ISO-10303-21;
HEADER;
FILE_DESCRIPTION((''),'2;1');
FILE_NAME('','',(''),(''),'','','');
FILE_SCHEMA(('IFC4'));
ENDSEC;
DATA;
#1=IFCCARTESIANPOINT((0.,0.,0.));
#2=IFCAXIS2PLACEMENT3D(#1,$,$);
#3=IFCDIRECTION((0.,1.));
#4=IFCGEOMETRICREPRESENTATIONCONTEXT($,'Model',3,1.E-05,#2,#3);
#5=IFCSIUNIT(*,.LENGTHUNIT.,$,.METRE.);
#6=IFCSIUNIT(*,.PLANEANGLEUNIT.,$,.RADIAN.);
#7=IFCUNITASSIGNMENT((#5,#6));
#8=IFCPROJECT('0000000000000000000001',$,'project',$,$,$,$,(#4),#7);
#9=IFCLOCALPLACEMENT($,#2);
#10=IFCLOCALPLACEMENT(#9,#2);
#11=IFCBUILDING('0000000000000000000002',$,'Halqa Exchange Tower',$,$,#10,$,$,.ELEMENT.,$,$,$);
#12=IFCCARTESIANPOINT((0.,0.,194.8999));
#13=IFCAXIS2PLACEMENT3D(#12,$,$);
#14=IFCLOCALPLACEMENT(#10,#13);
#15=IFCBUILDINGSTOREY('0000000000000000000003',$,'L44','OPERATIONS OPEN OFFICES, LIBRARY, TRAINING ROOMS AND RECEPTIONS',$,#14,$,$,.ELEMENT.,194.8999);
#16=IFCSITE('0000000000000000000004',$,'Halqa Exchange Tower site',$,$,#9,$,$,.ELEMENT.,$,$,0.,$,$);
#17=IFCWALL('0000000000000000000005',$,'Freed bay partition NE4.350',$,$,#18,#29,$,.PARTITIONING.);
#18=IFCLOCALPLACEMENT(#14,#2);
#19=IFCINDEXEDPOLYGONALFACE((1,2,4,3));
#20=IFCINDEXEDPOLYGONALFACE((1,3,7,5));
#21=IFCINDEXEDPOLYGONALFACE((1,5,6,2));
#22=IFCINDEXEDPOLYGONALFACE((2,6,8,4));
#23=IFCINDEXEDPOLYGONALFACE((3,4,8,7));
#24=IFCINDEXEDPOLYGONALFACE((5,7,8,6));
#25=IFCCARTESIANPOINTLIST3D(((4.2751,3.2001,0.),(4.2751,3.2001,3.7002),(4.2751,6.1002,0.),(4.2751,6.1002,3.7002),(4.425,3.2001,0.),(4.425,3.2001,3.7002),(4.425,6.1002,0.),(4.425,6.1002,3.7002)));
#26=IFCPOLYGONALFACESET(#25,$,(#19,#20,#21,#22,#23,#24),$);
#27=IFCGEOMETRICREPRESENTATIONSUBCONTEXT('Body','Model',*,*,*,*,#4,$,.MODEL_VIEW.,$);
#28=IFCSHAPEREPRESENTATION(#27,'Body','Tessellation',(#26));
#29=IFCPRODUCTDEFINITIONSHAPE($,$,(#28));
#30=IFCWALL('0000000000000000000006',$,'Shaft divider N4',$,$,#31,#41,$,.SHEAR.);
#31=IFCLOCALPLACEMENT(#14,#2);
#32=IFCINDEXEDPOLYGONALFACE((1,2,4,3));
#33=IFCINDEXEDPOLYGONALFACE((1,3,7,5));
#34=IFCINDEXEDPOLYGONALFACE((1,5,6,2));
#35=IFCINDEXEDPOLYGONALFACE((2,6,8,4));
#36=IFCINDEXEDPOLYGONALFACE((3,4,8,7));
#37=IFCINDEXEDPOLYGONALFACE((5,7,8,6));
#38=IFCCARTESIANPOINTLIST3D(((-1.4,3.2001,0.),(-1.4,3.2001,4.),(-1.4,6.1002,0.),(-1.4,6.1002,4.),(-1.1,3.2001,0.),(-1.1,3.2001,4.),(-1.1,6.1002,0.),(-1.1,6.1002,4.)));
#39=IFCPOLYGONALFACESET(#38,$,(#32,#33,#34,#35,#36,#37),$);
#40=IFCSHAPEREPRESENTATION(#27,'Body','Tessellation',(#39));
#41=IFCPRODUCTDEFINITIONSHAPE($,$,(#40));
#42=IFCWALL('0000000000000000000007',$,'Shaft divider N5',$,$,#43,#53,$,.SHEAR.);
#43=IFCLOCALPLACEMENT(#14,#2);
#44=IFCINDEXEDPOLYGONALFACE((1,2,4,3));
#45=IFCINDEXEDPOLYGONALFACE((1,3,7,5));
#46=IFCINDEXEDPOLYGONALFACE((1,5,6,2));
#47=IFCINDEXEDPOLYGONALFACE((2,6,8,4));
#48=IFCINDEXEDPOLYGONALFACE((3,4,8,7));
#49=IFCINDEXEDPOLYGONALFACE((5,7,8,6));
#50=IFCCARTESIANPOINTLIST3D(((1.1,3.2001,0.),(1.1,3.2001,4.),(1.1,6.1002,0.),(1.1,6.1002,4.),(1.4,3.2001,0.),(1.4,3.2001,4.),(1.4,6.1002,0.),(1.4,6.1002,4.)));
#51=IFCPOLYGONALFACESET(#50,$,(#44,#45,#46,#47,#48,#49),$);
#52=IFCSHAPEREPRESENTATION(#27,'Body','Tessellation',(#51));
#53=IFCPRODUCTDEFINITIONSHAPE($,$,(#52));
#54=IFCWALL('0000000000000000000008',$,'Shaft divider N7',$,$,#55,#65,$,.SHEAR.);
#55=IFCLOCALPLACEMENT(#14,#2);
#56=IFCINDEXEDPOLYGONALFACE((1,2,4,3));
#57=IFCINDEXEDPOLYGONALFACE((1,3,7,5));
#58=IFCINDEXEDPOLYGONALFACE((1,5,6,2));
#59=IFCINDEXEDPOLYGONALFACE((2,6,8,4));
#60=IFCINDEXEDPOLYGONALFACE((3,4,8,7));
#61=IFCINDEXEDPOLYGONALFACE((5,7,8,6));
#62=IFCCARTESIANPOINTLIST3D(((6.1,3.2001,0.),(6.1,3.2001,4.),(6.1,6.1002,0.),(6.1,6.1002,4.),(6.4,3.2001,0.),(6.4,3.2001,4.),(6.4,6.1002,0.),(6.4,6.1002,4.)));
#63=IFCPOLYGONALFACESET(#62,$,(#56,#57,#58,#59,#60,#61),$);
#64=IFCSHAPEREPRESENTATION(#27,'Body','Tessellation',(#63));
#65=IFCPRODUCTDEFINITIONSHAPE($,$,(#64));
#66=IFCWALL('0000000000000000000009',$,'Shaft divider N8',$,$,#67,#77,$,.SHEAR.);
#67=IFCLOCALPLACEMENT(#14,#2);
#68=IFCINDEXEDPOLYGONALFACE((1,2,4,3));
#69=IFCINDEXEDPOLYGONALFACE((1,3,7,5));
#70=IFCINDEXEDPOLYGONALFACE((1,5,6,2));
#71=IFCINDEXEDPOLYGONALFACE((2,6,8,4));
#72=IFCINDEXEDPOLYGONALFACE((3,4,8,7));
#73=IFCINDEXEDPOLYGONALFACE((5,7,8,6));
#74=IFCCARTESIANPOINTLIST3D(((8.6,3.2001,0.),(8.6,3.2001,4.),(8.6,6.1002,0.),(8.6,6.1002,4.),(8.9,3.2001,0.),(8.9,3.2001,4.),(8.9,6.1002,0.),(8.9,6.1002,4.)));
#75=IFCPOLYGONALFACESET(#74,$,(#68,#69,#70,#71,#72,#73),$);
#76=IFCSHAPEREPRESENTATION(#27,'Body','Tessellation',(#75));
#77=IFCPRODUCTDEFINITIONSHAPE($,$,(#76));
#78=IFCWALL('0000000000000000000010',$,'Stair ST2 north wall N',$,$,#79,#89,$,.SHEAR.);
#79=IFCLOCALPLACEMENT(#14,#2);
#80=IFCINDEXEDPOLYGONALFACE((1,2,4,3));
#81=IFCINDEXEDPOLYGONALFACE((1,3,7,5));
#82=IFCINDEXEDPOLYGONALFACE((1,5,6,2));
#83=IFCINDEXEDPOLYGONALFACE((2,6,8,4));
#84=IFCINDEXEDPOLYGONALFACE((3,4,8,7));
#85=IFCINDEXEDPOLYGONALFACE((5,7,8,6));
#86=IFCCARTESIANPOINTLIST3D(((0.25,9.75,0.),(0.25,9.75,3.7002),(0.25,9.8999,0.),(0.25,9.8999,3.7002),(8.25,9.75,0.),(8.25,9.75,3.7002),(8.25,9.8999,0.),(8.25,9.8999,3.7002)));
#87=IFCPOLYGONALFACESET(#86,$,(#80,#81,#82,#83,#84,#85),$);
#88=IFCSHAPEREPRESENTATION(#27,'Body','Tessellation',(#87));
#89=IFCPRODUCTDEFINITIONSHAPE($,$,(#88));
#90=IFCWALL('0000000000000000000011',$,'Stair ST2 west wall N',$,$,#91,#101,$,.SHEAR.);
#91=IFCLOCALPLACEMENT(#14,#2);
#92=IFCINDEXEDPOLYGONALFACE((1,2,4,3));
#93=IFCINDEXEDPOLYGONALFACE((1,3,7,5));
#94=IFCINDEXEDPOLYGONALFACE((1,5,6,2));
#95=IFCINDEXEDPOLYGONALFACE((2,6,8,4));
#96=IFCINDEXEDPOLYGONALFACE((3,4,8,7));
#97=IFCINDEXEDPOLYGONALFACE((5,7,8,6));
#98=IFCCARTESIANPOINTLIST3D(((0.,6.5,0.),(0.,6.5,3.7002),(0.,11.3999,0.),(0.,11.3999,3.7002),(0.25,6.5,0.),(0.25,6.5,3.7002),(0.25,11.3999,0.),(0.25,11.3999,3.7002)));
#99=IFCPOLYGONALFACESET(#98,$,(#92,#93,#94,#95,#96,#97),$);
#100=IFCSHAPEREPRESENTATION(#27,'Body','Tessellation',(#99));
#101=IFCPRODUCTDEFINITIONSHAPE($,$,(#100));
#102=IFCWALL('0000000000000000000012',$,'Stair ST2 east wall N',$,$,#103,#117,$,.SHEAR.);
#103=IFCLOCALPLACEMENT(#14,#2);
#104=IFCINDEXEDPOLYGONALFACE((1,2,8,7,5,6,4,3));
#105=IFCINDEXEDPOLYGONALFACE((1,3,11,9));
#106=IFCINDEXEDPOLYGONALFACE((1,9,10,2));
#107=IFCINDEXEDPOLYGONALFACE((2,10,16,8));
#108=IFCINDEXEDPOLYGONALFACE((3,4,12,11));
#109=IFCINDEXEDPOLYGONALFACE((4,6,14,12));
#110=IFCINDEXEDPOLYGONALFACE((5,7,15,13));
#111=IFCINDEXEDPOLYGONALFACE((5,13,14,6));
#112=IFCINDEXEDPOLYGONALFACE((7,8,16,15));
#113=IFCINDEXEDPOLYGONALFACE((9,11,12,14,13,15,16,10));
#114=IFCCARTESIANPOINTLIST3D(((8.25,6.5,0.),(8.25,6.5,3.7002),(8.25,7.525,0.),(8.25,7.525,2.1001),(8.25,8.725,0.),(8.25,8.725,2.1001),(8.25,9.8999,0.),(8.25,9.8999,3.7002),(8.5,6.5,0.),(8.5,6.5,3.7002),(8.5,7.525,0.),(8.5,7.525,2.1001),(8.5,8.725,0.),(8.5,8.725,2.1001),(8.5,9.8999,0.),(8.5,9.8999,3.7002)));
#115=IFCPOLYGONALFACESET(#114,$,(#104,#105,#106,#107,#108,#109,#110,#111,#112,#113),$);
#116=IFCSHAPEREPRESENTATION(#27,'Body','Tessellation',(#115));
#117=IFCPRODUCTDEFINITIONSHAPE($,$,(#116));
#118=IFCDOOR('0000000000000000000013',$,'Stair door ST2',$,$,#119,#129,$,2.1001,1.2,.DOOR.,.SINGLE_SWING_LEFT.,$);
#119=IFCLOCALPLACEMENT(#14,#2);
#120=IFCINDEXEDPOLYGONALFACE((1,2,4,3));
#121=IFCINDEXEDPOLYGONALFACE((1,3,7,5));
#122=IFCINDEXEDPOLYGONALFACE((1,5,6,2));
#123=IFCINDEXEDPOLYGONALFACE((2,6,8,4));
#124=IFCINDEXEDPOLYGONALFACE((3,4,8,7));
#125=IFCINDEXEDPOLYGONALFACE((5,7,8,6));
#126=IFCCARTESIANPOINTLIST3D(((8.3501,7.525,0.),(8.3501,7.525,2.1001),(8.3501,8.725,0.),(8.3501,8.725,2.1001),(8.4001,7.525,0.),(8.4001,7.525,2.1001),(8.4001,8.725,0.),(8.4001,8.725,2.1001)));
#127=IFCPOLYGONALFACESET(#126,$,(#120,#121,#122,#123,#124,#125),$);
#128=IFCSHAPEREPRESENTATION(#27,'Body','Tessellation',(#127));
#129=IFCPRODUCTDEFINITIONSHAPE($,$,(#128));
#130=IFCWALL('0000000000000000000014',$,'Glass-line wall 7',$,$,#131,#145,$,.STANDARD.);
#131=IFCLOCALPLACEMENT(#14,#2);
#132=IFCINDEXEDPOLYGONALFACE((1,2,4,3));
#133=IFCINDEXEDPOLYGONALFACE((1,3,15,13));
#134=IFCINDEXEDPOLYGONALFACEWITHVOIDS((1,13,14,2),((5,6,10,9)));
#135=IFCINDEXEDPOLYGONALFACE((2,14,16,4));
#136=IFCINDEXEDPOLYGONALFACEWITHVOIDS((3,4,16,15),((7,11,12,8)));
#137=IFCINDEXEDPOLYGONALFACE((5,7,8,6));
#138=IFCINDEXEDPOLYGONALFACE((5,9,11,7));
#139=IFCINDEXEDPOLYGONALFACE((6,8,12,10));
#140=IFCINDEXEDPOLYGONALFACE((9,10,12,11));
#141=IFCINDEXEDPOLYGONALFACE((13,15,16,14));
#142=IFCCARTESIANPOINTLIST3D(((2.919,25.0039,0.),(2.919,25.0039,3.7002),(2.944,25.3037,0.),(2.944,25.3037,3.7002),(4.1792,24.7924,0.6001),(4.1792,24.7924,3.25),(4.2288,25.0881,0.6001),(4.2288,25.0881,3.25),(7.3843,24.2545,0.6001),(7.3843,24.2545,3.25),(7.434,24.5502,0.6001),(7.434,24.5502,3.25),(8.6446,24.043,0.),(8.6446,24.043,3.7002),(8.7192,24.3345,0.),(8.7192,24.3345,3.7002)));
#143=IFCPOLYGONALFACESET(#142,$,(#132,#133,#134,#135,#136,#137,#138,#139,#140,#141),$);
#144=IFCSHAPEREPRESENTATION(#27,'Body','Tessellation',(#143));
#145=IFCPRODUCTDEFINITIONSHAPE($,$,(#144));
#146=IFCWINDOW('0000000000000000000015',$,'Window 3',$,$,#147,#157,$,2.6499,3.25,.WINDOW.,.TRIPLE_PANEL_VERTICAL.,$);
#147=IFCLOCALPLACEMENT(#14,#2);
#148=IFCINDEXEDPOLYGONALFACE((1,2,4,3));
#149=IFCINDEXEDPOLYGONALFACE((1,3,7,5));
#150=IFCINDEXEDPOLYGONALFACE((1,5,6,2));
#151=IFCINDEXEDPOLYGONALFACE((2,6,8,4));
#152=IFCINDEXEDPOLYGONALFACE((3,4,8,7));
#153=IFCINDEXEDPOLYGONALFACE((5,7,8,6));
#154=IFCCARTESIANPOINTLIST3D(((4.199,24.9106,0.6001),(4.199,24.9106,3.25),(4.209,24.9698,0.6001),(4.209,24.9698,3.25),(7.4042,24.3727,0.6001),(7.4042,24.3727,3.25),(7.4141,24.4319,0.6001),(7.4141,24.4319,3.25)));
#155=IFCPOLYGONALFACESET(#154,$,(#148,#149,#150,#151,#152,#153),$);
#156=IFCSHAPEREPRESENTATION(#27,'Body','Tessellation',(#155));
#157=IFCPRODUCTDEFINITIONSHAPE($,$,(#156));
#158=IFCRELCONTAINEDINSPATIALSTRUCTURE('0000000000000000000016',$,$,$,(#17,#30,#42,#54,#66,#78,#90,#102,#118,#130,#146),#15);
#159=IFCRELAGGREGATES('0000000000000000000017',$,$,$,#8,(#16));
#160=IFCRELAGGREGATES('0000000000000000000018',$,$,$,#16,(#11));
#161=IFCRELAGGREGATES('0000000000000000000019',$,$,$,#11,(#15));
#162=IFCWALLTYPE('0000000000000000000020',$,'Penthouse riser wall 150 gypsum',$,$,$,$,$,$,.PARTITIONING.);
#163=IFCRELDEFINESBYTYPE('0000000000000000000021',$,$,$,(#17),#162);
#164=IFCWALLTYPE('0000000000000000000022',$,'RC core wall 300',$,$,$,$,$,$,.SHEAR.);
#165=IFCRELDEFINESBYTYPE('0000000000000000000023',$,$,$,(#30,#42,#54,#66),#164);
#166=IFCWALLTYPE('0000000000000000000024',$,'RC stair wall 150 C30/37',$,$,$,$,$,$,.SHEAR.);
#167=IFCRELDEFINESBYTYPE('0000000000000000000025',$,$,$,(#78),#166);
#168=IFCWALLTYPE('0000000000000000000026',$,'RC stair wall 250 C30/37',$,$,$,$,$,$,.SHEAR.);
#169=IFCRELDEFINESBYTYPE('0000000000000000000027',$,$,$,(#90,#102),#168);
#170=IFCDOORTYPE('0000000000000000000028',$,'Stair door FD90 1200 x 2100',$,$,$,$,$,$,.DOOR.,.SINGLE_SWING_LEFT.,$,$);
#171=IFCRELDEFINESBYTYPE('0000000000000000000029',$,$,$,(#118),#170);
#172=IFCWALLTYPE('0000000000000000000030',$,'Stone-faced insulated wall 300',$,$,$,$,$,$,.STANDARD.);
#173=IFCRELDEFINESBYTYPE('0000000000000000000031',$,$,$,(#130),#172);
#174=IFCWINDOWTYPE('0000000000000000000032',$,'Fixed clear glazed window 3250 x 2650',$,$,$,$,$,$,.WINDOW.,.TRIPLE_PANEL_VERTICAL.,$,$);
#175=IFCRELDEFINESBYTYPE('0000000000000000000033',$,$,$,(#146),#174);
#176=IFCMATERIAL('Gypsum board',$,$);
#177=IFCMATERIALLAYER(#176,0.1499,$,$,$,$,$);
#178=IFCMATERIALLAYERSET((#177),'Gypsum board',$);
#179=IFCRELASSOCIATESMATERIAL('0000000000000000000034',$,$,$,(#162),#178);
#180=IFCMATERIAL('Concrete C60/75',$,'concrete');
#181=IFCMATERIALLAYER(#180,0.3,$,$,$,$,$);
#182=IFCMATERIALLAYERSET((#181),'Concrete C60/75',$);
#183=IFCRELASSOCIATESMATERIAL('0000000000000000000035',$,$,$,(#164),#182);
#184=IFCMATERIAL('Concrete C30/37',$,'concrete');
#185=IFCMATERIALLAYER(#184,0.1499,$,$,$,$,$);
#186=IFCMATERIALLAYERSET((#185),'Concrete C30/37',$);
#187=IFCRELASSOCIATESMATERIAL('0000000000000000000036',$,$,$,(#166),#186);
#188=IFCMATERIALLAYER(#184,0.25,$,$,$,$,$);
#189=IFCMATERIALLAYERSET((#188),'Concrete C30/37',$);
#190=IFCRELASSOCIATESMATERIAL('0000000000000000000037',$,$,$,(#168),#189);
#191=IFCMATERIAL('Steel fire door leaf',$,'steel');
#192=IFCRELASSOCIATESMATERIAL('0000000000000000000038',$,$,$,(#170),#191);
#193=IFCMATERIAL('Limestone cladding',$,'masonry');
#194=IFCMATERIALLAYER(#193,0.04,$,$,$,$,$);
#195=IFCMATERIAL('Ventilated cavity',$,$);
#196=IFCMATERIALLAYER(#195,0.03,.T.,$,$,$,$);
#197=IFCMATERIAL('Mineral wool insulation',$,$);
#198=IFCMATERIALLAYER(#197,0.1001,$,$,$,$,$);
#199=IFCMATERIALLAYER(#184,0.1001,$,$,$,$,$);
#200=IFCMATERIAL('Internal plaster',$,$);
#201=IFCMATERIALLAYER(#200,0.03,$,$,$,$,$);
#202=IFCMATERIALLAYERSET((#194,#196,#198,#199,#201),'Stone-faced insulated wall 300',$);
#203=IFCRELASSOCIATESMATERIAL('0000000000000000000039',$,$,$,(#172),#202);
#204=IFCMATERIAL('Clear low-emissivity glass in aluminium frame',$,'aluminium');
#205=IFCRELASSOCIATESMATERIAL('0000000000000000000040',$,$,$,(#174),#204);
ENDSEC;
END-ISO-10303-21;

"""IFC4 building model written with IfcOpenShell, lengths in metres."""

from ifc_helpers import new_model, si_unit, direction, frame, frame_2d, origin, place, context, subcontext, project, spatial, polyline, rectangle, outline, extrude, material, layer, layer_set, type_object, element, fill, save


model = new_model("IFC4")

# Units and contexts
model_context = context("Model", 3, precision=1e-05, world=origin(), true_north=direction((0.0, 1.0)))
body_context = subcontext(model_context, "Body", "Model", "MODEL_VIEW")
ifc_project = project(units=[si_unit("LENGTHUNIT", "METRE"), si_unit("PLANEANGLEUNIT", "RADIAN")], contexts=[model_context])

# Site, building, storey
site_placement = place(None, origin())
site = spatial("IfcSite", under=ifc_project, at=site_placement, Name="Halqa Exchange Tower site", CompositionType="ELEMENT", RefElevation=0.0)
building_placement = place(site_placement, origin())
building = spatial("IfcBuilding", under=site, at=building_placement, Name="Halqa Exchange Tower", CompositionType="ELEMENT")
storey_placement = place(building_placement, frame((0.0, 0.0, 194.8999)))
storey = spatial("IfcBuildingStorey", under=building, at=storey_placement, Name="L44", Description="OPERATIONS OPEN OFFICES, LIBRARY, TRAINING ROOMS AND RECEPTIONS", CompositionType="ELEMENT", Elevation=194.8999)

# Shared definitions
ifc_material_1 = material(Name="Concrete C60/75", Category="concrete")

# Shared definitions
ifc_material_2 = material(Name="Concrete C30/37", Category="concrete")

# Walls
ifc_material_3 = material(Name="Gypsum board")
ifc_layer_1 = layer(ifc_material_3, 0.1499)
ifc_layer_set_1 = layer_set([ifc_layer_1], Name="Gypsum board")
wall_type_1 = type_object("IfcWallType", Name="Penthouse riser wall 150 gypsum", PredefinedType="PARTITIONING", material=ifc_layer_set_1)
wall_1_placement = place(storey_placement, frame((4.3501, 3.2, 0.0), z_axis=(0.0, 0.0, 1.0), x_axis=(0.0, 1.0, 0.0)))
element("IfcWall", 1, at=wall_1_placement, inside=storey, type_object=wall_type_1, Name="Freed bay partition NE4.350", PredefinedType="PARTITIONING", context=body_context, shape_type="SweptSolid", body=[
    extrude(rectangle(XDim=2.9001, YDim=0.1499, at=frame_2d((1.4502, 0.0))), origin(), (0.0, 0.0, 1.0), 3.7002),
])
ifc_layer_2 = layer(ifc_material_1, 0.3)
ifc_layer_set_2 = layer_set([ifc_layer_2], Name="Concrete C60/75")
wall_type_2 = type_object("IfcWallType", Name="RC core wall 300", PredefinedType="SHEAR", material=ifc_layer_set_2)
for number, where, z_axis, x_axis, name in (
    (2, (-1.25, 3.2, 0.0), (0.0, 0.0, 1.0), (0.0, 1.0, 0.0), "Shaft divider N4"),
    (3, (1.25, 3.2, 0.0), (0.0, 0.0, 1.0), (0.0, 1.0, 0.0), "Shaft divider N5"),
    (4, (6.25, 3.2, 0.0), (0.0, 0.0, 1.0), (0.0, 1.0, 0.0), "Shaft divider N7"),
    (5, (8.75, 3.2, 0.0), (0.0, 0.0, 1.0), (0.0, 1.0, 0.0), "Shaft divider N8"),
):
    element("IfcWall", number, at=place(storey_placement, frame(where, z_axis=z_axis, x_axis=x_axis)), inside=storey, type_object=wall_type_2, Name=name, PredefinedType="SHEAR", context=body_context, shape_type="SweptSolid", body=[
        extrude(rectangle(XDim=2.9001, YDim=0.3, at=frame_2d((1.4502, 0.0))), origin(), (0.0, 0.0, 1.0), 4.0),
    ])
ifc_layer_3 = layer(ifc_material_2, 0.1499)
ifc_layer_set_3 = layer_set([ifc_layer_3], Name="Concrete C30/37")
wall_type_3 = type_object("IfcWallType", Name="RC stair wall 150 C30/37", PredefinedType="SHEAR", material=ifc_layer_set_3)
wall_2_placement = place(storey_placement, frame((0.25, 9.825, 0.0), z_axis=(0.0, 0.0, 1.0), x_axis=(1.0, 0.0, 0.0)))
element("IfcWall", 6, at=wall_2_placement, inside=storey, type_object=wall_type_3, Name="Stair ST2 north wall N", PredefinedType="SHEAR", context=body_context, shape_type="SweptSolid", body=[
    extrude(rectangle(XDim=8.0, YDim=0.1499, at=frame_2d((4.0, 0.0))), origin(), (0.0, 0.0, 1.0), 3.7002),
])
ifc_layer_4 = layer(ifc_material_2, 0.25)
ifc_layer_set_4 = layer_set([ifc_layer_4], Name="Concrete C30/37")
wall_type_4 = type_object("IfcWallType", Name="RC stair wall 250 C30/37", PredefinedType="SHEAR", material=ifc_layer_set_4)
wall_3_placement = place(storey_placement, frame((0.125, 6.5, 0.0), z_axis=(0.0, 0.0, 1.0), x_axis=(0.0, 1.0, 0.0)))
element("IfcWall", 7, at=wall_3_placement, inside=storey, type_object=wall_type_4, Name="Stair ST2 west wall N", PredefinedType="SHEAR", context=body_context, shape_type="SweptSolid", body=[
    extrude(rectangle(XDim=4.8999, YDim=0.25, at=frame_2d((2.45, 0.0))), origin(), (0.0, 0.0, 1.0), 3.7002),
])

# Wall, opening, door
wall_4_placement = place(storey_placement, frame((8.375, 6.5, 0.0), z_axis=(0.0, 0.0, 1.0), x_axis=(0.0, 1.0, 0.0)))
wall_4 = element("IfcWall", 8, at=wall_4_placement, inside=storey, type_object=wall_type_4, Name="Stair ST2 east wall N", PredefinedType="SHEAR", context=body_context, shape_type="SweptSolid", body=[
    extrude(rectangle(XDim=3.3999, YDim=0.25, at=frame_2d((1.7, 0.0))), origin(), (0.0, 0.0, 1.0), 3.7002),
])
opening_1_placement = place(wall_4_placement, frame((1.0249, 0.0, 0.0)))
opening_1 = element("IfcOpeningElement", 9, at=opening_1_placement, cuts=wall_4, PredefinedType="OPENING", context=body_context, shape_type="SweptSolid", body=[
    extrude(rectangle(XDim=1.2, YDim=2.1001, at=frame_2d((0.6001, 1.05))), frame((0.0, 0.137, 0.0), z_axis=(0.0, -1.0, 0.0), x_axis=(1.0, 0.0, 0.0)), (0.0, 0.0, 1.0), 0.2739),
])
ifc_material_4 = material(Name="Steel fire door leaf", Category="steel")
door_type_1 = type_object("IfcDoorType", Name="Stair door FD90 1200 x 2100", OperationType="SINGLE_SWING_LEFT", PredefinedType="DOOR", material=ifc_material_4)
door_1_placement = place(opening_1_placement, origin())
door_1 = element("IfcDoor", 10, at=door_1_placement, inside=storey, type_object=door_type_1, Name="Stair door ST2", OperationType="SINGLE_SWING_LEFT", OverallHeight=2.1001, OverallWidth=1.2, PredefinedType="DOOR", context=body_context, shape_type="SweptSolid", body=[
    extrude(rectangle(XDim=1.2, YDim=2.1001, at=frame_2d((0.6001, 1.05))), frame((0.0, 0.0249, 0.0), z_axis=(0.0, -1.0, 0.0), x_axis=(1.0, 0.0, 0.0)), (0.0, 0.0, 1.0), 0.05),
])
fill(opening_1, door_1)

# Wall, opening, window
ifc_material_5 = material(Name="Limestone cladding", Category="masonry")
ifc_layer_5 = layer(ifc_material_5, 0.04)
ifc_material_6 = material(Name="Ventilated cavity")
ifc_layer_6 = layer(ifc_material_6, 0.03, ventilated=True)
ifc_material_7 = material(Name="Mineral wool insulation")
ifc_layer_7 = layer(ifc_material_7, 0.1001)
ifc_layer_8 = layer(ifc_material_2, 0.1001)
ifc_material_8 = material(Name="Internal plaster")
ifc_layer_9 = layer(ifc_material_8, 0.03)
ifc_layer_set_5 = layer_set([ifc_layer_5, ifc_layer_6, ifc_layer_7, ifc_layer_8, ifc_layer_9], Name="Stone-faced insulated wall 300")
wall_type_5 = type_object("IfcWallType", Name="Stone-faced insulated wall 300", PredefinedType="STANDARD", material=ifc_layer_set_5)
wall_5_placement = place(storey_placement, frame((8.6819, 24.1887, 0.0), z_axis=(0.0, 0.0, 1.0), x_axis=(-0.986208, 0.165512, 0.0)))
wall_5 = element("IfcWall", 11, at=wall_5_placement, inside=storey, type_object=wall_type_5, Name="Glass-line wall 7", PredefinedType="STANDARD", context=body_context, shape_type="SweptSolid", body=[
    extrude(outline(polyline([(-0.0127, -0.1499), (5.8433, -0.1499), (5.8184, 0.1499), (0.0127, 0.1499), (-0.0127, -0.1499)])), origin(), (0.0, 0.0, 1.0), 3.7002),
])
opening_2_placement = place(wall_5_placement, frame((1.2905, 0.0, 0.6001)))
opening_2 = element("IfcOpeningElement", 12, at=opening_2_placement, cuts=wall_5, PredefinedType="OPENING", context=body_context, shape_type="SweptSolid", body=[
    extrude(rectangle(XDim=3.25, YDim=2.6499, at=frame_2d((1.625, 1.325))), frame((0.0, 0.1621, 0.0), z_axis=(0.0, -1.0, 0.0), x_axis=(1.0, 0.0, 0.0)), (0.0, 0.0, 1.0), 0.324),
])
ifc_material_9 = material(Name="Clear low-emissivity glass in aluminium frame", Category="aluminium")
window_type = type_object("IfcWindowType", Name="Fixed clear glazed window 3250 x 2650", PartitioningType="TRIPLE_PANEL_VERTICAL", PredefinedType="WINDOW", material=ifc_material_9)
window_placement = place(opening_2_placement, origin())
window = element("IfcWindow", 13, at=window_placement, inside=storey, type_object=window_type, Name="Window 3", OverallHeight=2.6499, OverallWidth=3.25, PartitioningType="TRIPLE_PANEL_VERTICAL", PredefinedType="WINDOW", context=body_context, shape_type="SweptSolid", body=[
    extrude(rectangle(XDim=3.25, YDim=2.6499, at=frame_2d((1.625, 1.325))), frame((0.0, 0.03, 0.0), z_axis=(0.0, -1.0, 0.0), x_axis=(1.0, 0.0, 0.0)), (0.0, 0.0, 1.0), 0.0601),
])
fill(opening_2, window)

save(model, "model.ifc")
